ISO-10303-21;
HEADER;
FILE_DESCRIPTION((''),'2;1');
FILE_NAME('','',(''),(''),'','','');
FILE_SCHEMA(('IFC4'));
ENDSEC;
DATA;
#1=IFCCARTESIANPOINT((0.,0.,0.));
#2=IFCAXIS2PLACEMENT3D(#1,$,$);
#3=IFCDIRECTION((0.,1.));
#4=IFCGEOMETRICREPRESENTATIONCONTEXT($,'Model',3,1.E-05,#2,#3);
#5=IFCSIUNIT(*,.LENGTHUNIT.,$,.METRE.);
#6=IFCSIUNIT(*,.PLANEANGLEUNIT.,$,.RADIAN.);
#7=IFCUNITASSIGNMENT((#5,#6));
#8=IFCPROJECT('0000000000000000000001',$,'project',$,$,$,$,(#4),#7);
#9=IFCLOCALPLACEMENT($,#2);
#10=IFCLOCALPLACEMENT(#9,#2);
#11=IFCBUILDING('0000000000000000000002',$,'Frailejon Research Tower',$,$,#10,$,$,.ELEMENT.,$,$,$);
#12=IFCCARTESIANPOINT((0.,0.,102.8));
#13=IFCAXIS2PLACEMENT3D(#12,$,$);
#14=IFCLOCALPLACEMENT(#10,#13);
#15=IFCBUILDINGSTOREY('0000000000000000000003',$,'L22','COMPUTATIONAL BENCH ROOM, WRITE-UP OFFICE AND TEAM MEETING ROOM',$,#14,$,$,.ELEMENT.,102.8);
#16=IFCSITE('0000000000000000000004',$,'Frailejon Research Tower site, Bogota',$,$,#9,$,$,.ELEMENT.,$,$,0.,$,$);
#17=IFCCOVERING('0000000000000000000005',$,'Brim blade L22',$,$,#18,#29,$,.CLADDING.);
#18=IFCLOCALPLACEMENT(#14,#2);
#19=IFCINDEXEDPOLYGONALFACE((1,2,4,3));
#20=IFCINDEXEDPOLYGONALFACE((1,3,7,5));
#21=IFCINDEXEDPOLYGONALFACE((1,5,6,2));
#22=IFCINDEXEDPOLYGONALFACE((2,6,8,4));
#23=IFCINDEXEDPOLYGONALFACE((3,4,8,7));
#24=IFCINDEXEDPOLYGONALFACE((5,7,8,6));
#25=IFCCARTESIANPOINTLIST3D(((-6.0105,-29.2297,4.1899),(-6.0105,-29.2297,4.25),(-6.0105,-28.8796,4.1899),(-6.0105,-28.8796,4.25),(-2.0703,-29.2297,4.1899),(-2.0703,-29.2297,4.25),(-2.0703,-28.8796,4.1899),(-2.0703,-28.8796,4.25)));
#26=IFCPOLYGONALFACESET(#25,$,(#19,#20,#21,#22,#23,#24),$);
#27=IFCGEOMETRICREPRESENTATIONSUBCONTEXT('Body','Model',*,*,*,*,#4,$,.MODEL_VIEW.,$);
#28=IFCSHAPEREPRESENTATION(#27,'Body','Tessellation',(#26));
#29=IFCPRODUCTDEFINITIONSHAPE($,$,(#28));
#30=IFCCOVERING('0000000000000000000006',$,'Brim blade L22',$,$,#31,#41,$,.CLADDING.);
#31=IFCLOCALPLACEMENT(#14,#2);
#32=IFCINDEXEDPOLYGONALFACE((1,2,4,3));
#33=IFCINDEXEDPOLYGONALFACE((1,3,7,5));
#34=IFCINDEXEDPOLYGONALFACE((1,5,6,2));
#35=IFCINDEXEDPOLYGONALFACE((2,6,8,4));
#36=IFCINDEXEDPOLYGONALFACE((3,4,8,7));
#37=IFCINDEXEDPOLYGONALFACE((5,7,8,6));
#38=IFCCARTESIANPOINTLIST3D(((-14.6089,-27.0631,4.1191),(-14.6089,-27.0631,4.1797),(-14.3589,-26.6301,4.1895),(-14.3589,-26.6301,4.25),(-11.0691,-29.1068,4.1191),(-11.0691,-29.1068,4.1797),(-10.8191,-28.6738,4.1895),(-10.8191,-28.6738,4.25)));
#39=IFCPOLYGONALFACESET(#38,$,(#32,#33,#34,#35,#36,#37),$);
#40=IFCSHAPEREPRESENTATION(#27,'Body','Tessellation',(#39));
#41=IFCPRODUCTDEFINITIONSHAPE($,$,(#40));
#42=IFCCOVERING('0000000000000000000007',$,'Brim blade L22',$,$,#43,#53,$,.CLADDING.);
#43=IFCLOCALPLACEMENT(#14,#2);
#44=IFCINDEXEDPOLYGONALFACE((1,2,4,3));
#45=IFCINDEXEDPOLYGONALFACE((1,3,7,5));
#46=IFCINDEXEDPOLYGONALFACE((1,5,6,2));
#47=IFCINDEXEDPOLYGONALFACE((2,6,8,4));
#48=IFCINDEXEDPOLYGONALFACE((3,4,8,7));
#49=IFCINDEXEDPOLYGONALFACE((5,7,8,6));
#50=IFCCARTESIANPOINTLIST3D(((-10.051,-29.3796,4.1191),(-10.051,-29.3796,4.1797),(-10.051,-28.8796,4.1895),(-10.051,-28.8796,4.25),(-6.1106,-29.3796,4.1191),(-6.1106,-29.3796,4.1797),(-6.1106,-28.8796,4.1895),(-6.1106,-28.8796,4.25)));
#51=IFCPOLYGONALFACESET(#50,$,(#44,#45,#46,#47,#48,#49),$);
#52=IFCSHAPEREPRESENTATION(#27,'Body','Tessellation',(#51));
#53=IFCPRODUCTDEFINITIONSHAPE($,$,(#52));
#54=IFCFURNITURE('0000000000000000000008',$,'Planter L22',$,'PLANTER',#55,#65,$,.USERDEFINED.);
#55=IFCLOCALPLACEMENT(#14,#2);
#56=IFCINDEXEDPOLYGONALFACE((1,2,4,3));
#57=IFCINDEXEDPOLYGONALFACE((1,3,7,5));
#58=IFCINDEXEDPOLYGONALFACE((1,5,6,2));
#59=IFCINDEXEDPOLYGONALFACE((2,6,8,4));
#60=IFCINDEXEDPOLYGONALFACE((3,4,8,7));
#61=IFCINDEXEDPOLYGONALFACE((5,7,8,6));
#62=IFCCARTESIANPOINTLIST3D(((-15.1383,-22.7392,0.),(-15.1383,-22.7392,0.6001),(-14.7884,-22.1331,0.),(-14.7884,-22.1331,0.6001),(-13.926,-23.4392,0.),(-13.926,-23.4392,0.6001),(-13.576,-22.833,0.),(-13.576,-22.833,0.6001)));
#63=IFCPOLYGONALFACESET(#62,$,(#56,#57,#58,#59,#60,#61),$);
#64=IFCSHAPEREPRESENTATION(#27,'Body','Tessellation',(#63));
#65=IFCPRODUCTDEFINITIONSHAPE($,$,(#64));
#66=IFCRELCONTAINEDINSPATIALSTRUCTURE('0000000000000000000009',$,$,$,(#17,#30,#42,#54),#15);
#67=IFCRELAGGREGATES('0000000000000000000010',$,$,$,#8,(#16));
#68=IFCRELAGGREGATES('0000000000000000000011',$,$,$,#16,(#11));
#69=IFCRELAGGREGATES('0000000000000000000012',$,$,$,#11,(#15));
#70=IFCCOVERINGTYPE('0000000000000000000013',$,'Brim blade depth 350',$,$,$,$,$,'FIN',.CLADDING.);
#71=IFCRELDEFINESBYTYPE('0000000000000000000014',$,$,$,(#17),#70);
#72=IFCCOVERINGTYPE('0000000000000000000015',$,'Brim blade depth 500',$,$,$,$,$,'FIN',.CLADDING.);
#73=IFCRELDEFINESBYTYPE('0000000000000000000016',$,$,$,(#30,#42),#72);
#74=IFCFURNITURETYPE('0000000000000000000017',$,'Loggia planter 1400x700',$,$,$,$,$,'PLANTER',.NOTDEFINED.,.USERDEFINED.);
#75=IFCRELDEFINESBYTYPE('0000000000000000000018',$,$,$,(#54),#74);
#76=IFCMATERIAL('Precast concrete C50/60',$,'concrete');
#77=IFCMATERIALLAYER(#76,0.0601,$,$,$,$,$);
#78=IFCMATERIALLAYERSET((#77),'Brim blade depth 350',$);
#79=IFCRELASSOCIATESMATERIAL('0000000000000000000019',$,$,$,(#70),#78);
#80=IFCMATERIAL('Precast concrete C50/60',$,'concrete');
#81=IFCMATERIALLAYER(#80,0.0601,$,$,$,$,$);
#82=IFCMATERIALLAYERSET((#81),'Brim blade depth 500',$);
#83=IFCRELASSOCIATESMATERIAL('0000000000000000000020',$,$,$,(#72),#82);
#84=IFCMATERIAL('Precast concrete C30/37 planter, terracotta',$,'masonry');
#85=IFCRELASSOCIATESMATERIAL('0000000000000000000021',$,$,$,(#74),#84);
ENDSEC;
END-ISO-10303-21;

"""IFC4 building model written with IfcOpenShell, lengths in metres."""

from ifc_helpers import new_model, si_unit, direction, frame, origin, origin_2d, place, context, subcontext, project, spatial, polyline, rectangle, outline, extrude, material, layer, layer_set, type_object, element, save


model = new_model("IFC4")

# Units and contexts
model_context = context("Model", 3, precision=1e-05, world=origin(), true_north=direction((0.0, 1.0)))
body_context = subcontext(model_context, "Body", "Model", "MODEL_VIEW")
ifc_project = project(units=[si_unit("LENGTHUNIT", "METRE"), si_unit("PLANEANGLEUNIT", "RADIAN")], contexts=[model_context])

# Site, building, storey
site_placement = place(None, origin())
site = spatial("IfcSite", under=ifc_project, at=site_placement, Name="Frailejon Research Tower site, Bogota", CompositionType="ELEMENT", RefElevation=0.0)
building_placement = place(site_placement, origin())
building = spatial("IfcBuilding", under=site, at=building_placement, Name="Frailejon Research Tower", CompositionType="ELEMENT")
storey_placement = place(building_placement, frame((0.0, 0.0, 102.8)))
storey = spatial("IfcBuildingStorey", under=building, at=storey_placement, Name="L22", Description="COMPUTATIONAL BENCH ROOM, WRITE-UP OFFICE AND TEAM MEETING ROOM", CompositionType="ELEMENT", Elevation=102.8)

# Coverings
ifc_material_1 = material(Name="Precast concrete C50/60", Category="concrete")
ifc_layer_1 = layer(ifc_material_1, 0.0601)
ifc_layer_set_1 = layer_set([ifc_layer_1], Name="Brim blade depth 350")
covering_type_1 = type_object("IfcCoveringType", Name="Brim blade depth 350", ElementType="FIN", PredefinedType="CLADDING", material=ifc_layer_set_1)
covering_1_placement = place(storey_placement, frame((-2.0703, -28.8796, 4.25), z_axis=(-1.0, 0.0, 0.0), x_axis=(0.0, -1.0, 0.0)))
element("IfcCovering", 1, at=covering_1_placement, inside=storey, type_object=covering_type_1, Name="Brim blade L22", PredefinedType="CLADDING", context=body_context, shape_type="SweptSolid", body=[
    extrude(outline(polyline([(0.0, -0.0601), (0.3501, -0.0601), (0.3501, 0.0), (0.0, 0.0), (0.0, -0.0601)])), origin(), (0.0, 0.0, 1.0), 3.9402),
])
ifc_material_2 = material(Name="Precast concrete C50/60", Category="concrete")
ifc_layer_2 = layer(ifc_material_2, 0.0601)
ifc_layer_set_2 = layer_set([ifc_layer_2], Name="Brim blade depth 500")
covering_type_2 = type_object("IfcCoveringType", Name="Brim blade depth 500", ElementType="FIN", PredefinedType="CLADDING", material=ifc_layer_set_2)
covering_2_placement = place(storey_placement, frame((-10.8191, -28.6738, 4.25), z_axis=(-0.866021, 0.500007, 0.0), x_axis=(-0.500007, -0.866021, 0.0)))
element("IfcCovering", 2, at=covering_2_placement, inside=storey, type_object=covering_type_2, Name="Brim blade L22", PredefinedType="CLADDING", context=body_context, shape_type="SweptSolid", body=[
    extrude(outline(polyline([(0.0, -0.0605), (0.5, -0.1309), (0.5, -0.0703), (0.0, 0.0), (0.0, -0.0605)])), origin(), (0.0, 0.0, 1.0), 4.0874),
])
covering_3_placement = place(storey_placement, frame((-6.1106, -28.8796, 4.25), z_axis=(-1.0, 0.0, 0.0), x_axis=(0.0, -1.0, 0.0)))
element("IfcCovering", 3, at=covering_3_placement, inside=storey, type_object=covering_type_2, Name="Brim blade L22", PredefinedType="CLADDING", context=body_context, shape_type="SweptSolid", body=[
    extrude(outline(polyline([(0.0, -0.0605), (0.5, -0.1309), (0.5, -0.0703), (0.0, 0.0), (0.0, -0.0605)])), origin(), (0.0, 0.0, 1.0), 3.9404),
])

# Furniture
ifc_material_3 = material(Name="Precast concrete C30/37 planter, terracotta", Category="masonry")
furniture_type = type_object("IfcFurnitureType", Name="Loggia planter 1400x700", ElementType="PLANTER", AssemblyPlace="NOTDEFINED", PredefinedType="USERDEFINED", material=ifc_material_3)
furniture_placement = place(storey_placement, frame((-14.3572, -22.7861, 0.0), z_axis=(0.0, 0.0, 1.0), x_axis=(0.866025, -0.5, 0.0)))
element("IfcFurniture", 4, at=furniture_placement, inside=storey, type_object=furniture_type, Name="Planter L22", ObjectType="PLANTER", PredefinedType="USERDEFINED", context=body_context, shape_type="SweptSolid", body=[
    extrude(rectangle(XDim=1.3999, YDim=0.7, at=origin_2d()), origin(), (0.0, 0.0, 1.0), 0.6001),
])

save(model, "model.ifc")
